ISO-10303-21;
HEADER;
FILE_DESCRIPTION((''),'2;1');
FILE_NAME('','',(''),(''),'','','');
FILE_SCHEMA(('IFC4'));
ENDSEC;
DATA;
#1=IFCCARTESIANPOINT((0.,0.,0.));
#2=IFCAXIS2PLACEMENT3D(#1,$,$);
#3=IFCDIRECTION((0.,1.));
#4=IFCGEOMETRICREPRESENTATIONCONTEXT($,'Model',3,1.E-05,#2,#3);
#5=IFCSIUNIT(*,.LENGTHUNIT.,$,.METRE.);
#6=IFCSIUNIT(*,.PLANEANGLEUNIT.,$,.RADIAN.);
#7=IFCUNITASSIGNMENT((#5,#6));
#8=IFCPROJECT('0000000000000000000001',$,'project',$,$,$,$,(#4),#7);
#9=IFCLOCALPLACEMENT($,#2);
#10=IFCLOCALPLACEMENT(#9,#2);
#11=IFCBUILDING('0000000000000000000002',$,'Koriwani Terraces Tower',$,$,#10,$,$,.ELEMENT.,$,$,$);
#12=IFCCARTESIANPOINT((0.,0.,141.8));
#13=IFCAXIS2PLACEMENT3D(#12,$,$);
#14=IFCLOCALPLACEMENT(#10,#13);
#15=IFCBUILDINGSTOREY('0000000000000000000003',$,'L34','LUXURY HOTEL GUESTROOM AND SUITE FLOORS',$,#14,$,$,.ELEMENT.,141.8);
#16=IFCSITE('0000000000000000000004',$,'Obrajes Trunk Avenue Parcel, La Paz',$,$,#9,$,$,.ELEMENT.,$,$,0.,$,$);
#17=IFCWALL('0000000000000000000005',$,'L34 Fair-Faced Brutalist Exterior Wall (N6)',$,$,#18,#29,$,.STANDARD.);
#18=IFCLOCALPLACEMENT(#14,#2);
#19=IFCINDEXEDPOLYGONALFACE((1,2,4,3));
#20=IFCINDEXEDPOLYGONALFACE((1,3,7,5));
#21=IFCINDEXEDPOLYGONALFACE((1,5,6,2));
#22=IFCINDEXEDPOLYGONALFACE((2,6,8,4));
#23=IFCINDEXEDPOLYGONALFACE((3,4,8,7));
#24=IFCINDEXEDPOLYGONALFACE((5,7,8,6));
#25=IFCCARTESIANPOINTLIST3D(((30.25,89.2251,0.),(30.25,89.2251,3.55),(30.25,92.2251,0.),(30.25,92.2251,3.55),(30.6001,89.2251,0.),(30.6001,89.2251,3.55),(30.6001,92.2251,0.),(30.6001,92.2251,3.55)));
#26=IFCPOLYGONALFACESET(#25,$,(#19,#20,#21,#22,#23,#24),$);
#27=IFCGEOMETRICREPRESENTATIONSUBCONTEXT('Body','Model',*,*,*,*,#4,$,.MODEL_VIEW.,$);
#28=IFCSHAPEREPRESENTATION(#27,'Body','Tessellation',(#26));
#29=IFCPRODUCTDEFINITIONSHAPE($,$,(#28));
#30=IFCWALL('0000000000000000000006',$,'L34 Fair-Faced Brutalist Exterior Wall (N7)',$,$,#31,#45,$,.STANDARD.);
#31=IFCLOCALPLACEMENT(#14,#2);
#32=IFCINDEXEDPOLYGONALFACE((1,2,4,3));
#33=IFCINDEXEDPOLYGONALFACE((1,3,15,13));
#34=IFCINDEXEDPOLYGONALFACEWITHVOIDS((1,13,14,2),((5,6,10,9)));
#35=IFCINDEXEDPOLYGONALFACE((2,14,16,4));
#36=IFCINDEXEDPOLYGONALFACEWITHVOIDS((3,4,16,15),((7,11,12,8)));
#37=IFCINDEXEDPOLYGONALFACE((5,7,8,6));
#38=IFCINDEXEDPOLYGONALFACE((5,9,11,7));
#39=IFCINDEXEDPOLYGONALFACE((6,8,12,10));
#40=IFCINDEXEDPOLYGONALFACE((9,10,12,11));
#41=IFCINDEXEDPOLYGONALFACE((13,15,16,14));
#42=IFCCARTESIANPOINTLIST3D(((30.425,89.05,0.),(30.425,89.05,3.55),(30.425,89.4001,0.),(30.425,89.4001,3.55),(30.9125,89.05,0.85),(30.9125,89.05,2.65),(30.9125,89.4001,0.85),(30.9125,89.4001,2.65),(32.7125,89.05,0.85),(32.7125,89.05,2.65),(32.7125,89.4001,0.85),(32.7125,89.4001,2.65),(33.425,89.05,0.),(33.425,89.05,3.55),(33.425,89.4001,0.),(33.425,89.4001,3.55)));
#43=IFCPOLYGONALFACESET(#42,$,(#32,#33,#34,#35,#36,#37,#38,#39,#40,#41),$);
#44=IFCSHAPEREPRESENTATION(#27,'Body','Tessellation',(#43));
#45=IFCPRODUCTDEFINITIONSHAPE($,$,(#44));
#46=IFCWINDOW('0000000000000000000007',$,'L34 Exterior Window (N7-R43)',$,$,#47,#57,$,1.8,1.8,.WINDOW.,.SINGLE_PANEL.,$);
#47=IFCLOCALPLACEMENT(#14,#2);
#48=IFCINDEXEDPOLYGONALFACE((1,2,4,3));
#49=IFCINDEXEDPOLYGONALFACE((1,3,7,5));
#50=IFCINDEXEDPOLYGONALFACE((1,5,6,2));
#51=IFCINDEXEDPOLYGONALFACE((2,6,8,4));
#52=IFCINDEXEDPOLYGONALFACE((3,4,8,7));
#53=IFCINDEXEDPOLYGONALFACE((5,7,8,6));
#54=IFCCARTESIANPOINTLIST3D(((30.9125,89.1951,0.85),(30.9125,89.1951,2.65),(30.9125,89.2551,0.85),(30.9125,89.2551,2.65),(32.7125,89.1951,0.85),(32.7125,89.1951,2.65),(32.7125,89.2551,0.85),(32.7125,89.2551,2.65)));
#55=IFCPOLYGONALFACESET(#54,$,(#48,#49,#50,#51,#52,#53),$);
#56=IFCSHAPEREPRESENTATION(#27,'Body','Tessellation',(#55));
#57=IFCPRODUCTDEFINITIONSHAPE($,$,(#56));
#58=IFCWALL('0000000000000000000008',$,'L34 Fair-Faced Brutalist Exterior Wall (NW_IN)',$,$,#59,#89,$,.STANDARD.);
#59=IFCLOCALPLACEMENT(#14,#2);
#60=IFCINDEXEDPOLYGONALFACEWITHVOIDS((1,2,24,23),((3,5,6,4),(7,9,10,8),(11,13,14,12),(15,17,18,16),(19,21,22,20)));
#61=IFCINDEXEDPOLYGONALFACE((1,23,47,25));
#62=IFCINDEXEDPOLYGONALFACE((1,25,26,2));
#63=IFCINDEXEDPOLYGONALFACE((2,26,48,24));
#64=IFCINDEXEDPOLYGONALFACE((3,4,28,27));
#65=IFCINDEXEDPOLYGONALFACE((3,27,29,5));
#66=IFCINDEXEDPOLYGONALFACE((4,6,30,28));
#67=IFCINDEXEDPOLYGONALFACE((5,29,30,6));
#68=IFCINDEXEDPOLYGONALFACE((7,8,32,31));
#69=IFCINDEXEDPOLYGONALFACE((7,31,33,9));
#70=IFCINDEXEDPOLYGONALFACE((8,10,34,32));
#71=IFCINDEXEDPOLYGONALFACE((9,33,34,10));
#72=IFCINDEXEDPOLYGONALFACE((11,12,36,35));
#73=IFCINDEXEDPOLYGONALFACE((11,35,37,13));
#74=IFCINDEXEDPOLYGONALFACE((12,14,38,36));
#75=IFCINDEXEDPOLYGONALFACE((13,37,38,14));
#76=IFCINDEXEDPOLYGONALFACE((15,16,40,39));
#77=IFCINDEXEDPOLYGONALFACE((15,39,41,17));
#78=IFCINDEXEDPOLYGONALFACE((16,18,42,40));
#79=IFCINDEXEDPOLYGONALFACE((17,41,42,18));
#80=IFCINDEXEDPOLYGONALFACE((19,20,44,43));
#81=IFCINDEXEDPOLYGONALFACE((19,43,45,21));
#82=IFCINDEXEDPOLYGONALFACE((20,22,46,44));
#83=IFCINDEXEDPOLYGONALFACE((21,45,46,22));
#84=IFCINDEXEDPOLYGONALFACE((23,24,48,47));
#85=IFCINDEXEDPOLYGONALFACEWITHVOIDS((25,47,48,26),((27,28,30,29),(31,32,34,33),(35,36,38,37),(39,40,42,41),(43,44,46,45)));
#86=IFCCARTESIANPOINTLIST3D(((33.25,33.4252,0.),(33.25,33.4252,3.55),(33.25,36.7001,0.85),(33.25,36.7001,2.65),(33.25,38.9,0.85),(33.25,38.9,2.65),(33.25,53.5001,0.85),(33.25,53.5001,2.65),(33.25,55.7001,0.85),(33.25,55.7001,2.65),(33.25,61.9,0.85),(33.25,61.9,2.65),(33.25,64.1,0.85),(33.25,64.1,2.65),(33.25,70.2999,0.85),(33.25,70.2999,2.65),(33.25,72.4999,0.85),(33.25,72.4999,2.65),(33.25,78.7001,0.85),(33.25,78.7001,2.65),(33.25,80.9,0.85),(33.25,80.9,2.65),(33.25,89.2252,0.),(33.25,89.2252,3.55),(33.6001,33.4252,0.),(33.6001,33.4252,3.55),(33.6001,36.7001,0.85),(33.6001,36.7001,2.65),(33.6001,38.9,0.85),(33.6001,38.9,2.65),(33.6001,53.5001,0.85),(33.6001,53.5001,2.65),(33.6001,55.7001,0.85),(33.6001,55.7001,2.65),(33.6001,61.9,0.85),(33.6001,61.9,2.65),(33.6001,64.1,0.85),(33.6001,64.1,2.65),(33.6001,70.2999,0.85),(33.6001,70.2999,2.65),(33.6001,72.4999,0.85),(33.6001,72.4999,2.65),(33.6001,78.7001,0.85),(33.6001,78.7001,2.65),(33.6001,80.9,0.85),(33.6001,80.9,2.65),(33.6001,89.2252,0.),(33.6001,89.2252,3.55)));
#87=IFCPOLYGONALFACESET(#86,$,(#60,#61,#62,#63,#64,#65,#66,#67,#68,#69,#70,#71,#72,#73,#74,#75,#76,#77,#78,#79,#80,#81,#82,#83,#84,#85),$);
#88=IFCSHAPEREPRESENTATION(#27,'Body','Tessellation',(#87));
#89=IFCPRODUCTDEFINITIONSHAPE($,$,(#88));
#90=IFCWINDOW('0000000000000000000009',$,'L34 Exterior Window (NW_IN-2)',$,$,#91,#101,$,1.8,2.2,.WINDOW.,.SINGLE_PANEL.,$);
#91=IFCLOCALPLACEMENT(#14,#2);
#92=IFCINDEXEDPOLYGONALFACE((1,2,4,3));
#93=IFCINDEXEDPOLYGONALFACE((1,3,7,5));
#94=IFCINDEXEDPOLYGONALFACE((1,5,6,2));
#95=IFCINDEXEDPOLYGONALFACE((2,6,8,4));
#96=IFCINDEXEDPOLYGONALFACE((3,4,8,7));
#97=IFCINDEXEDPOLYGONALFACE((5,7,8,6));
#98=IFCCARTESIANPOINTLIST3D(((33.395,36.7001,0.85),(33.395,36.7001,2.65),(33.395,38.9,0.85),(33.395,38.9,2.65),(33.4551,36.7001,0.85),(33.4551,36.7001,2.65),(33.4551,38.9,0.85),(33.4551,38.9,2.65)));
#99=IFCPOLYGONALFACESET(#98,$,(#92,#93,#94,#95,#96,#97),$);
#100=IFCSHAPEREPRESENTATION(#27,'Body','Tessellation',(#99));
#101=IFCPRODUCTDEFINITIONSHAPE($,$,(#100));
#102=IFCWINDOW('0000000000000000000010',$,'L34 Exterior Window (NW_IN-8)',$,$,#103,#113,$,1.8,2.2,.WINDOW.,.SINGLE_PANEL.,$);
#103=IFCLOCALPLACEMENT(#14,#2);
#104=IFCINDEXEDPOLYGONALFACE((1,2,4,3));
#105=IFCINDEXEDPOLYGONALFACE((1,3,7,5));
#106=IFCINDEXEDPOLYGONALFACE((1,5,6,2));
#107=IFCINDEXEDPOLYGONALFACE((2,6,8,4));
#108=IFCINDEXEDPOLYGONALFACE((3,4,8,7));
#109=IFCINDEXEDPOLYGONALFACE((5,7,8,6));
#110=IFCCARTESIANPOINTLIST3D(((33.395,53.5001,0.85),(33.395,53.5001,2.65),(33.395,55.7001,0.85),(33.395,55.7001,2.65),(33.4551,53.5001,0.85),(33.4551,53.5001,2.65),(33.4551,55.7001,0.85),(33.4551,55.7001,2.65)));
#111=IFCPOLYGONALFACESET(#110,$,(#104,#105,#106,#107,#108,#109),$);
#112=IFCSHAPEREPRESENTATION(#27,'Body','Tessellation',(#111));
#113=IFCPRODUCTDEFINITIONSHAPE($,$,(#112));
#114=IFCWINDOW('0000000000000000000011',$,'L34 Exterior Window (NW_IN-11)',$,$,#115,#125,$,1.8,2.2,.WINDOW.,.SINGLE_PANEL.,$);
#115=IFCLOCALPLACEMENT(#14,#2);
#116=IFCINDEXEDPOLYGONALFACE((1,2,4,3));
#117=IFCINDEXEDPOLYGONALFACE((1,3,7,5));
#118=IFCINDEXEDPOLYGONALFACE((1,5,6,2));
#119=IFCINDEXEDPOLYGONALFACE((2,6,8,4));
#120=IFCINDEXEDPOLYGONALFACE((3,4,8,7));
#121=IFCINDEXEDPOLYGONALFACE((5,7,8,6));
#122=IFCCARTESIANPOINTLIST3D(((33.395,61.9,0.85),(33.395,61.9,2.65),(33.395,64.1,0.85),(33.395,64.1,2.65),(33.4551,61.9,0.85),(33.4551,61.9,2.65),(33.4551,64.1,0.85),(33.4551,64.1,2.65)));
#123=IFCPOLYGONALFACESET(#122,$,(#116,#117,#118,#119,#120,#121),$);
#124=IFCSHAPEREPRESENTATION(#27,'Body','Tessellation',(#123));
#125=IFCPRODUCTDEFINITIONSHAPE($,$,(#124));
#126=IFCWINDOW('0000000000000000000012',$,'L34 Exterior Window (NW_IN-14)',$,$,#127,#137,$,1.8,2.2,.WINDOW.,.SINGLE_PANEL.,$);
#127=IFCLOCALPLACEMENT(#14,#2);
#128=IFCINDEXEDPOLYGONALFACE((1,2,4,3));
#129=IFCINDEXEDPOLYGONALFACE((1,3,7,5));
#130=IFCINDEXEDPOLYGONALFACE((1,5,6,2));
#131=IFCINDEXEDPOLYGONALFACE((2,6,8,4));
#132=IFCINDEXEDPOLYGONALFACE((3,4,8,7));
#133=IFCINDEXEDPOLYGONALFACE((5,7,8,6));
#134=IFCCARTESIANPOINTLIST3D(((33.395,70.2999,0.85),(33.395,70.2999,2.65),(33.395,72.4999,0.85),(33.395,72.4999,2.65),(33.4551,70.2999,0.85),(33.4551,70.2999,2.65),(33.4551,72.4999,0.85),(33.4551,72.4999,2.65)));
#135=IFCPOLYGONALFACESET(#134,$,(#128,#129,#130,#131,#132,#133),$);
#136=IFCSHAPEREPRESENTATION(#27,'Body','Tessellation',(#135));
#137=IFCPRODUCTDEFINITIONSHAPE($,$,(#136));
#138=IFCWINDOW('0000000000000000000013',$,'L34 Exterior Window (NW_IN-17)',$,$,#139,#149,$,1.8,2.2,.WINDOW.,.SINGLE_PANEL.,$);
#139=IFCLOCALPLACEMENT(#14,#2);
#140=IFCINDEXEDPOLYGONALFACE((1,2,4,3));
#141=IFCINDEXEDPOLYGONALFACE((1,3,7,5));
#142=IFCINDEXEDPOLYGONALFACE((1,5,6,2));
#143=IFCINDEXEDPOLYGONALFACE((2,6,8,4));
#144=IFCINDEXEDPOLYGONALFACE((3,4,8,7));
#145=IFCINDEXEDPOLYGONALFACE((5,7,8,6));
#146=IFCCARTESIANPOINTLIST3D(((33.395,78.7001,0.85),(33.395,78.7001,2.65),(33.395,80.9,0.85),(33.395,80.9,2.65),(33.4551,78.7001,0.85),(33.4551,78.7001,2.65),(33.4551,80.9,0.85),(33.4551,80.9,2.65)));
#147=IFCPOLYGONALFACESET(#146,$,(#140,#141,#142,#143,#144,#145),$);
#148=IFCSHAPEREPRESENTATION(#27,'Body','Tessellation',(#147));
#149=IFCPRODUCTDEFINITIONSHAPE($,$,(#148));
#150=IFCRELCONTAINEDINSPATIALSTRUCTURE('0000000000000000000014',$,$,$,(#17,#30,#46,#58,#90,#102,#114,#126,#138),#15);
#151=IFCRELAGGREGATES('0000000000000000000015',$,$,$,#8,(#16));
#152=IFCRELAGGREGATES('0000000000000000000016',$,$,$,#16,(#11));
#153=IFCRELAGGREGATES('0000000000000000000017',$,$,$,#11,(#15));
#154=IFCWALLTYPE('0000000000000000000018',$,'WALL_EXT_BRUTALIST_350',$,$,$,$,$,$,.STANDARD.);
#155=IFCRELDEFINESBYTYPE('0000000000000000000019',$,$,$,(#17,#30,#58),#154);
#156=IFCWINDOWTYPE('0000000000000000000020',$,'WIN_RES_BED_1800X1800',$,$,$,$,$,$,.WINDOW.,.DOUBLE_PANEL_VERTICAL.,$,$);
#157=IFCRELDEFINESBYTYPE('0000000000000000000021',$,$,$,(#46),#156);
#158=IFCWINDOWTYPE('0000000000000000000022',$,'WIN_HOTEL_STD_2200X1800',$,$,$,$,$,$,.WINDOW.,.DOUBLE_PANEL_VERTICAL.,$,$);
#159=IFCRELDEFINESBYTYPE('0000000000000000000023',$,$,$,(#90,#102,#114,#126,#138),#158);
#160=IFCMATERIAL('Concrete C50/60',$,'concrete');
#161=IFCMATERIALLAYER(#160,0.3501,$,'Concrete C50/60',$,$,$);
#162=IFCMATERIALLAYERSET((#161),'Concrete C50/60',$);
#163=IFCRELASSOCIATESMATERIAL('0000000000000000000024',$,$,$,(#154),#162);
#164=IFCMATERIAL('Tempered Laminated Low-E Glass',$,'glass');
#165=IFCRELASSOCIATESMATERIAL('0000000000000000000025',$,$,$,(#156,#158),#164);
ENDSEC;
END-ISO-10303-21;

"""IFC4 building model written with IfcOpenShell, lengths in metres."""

from ifc_helpers import new_model, si_unit, direction, frame, frame_2d, origin, place, context, subcontext, project, spatial, rectangle, extrude, material, layer, layer_set, type_object, element, fill, save


model = new_model("IFC4")

# Units and contexts
model_context = context("Model", 3, precision=1e-05, world=origin(), true_north=direction((0.0, 1.0)))
body_context = subcontext(model_context, "Body", "Model", "MODEL_VIEW")
ifc_project = project(units=[si_unit("LENGTHUNIT", "METRE"), si_unit("PLANEANGLEUNIT", "RADIAN")], contexts=[model_context])

# Site, building, storey
site_placement = place(None, origin())
site = spatial("IfcSite", under=ifc_project, at=site_placement, Name="Obrajes Trunk Avenue Parcel, La Paz", CompositionType="ELEMENT", RefElevation=0.0)
building_placement = place(site_placement, origin())
building = spatial("IfcBuilding", under=site, at=building_placement, Name="Koriwani Terraces Tower", CompositionType="ELEMENT")
storey_placement = place(building_placement, frame((0.0, 0.0, 141.8)))
storey = spatial("IfcBuildingStorey", under=building, at=storey_placement, Name="L34", Description="LUXURY HOTEL GUESTROOM AND SUITE FLOORS", CompositionType="ELEMENT", Elevation=141.8)

# Shared definitions
ifc_material_1 = material(Name="Tempered Laminated Low-E Glass", Category="glass")

# Wall
ifc_material_2 = material(Name="Concrete C50/60", Category="concrete")
ifc_layer_1 = layer(ifc_material_2, 0.3501, Name="Concrete C50/60")
ifc_layer_set_1 = layer_set([ifc_layer_1], Name="Concrete C50/60")
wall_type_1 = type_object("IfcWallType", Name="WALL_EXT_BRUTALIST_350", PredefinedType="STANDARD", material=ifc_layer_set_1)
wall_1_placement = place(storey_placement, frame((30.425, 92.2251, 0.0), z_axis=(0.0, 0.0, 1.0), x_axis=(0.0, -1.0, 0.0)))
element("IfcWall", 1, at=wall_1_placement, inside=storey, type_object=wall_type_1, Name="L34 Fair-Faced Brutalist Exterior Wall (N6)", PredefinedType="STANDARD", context=body_context, shape_type="SweptSolid", body=[
    extrude(rectangle(XDim=3.0, YDim=0.3501, at=frame_2d((1.5, 0.0))), origin(), (0.0, 0.0, 1.0), 3.55),
])

# Wall, opening, window
wall_2_placement = place(storey_placement, frame((30.425, 89.2251, 0.0), z_axis=(0.0, 0.0, 1.0), x_axis=(1.0, 0.0, 0.0)))
wall_2 = element("IfcWall", 2, at=wall_2_placement, inside=storey, type_object=wall_type_1, Name="L34 Fair-Faced Brutalist Exterior Wall (N7)", PredefinedType="STANDARD", context=body_context, shape_type="SweptSolid", body=[
    extrude(rectangle(XDim=3.0, YDim=0.3501, at=frame_2d((1.5, 0.0))), origin(), (0.0, 0.0, 1.0), 3.55),
])
opening_1_placement = place(wall_2_placement, frame((0.4875, 0.0, 0.8501)))
opening_1 = element("IfcOpeningElement", 3, at=opening_1_placement, cuts=wall_2, PredefinedType="OPENING", context=body_context, shape_type="SweptSolid", body=[
    extrude(rectangle(XDim=1.8, YDim=1.8, at=frame_2d((0.8999, 0.8999))), frame((0.0, 0.1851, 0.0), z_axis=(0.0, -1.0, 0.0), x_axis=(1.0, 0.0, 0.0)), (0.0, 0.0, 1.0), 0.3701),
])
window_type_1 = type_object("IfcWindowType", Name="WIN_RES_BED_1800X1800", PartitioningType="DOUBLE_PANEL_VERTICAL", PredefinedType="WINDOW", material=ifc_material_1)
window_1_placement = place(opening_1_placement, origin())
window_1 = element("IfcWindow", 4, at=window_1_placement, inside=storey, type_object=window_type_1, Name="L34 Exterior Window (N7-R43)", OverallHeight=1.8, OverallWidth=1.8, PartitioningType="SINGLE_PANEL", PredefinedType="WINDOW", context=body_context, shape_type="SweptSolid", body=[
    extrude(rectangle(XDim=1.8, YDim=1.8, at=frame_2d((0.8999, 0.8999))), frame((0.0, 0.03, 0.0), z_axis=(0.0, -1.0, 0.0), x_axis=(1.0, 0.0, 0.0)), (0.0, 0.0, 1.0), 0.0601),
])
fill(opening_1, window_1)

# Wall, openings, windows
wall_3_placement = place(storey_placement, frame((33.425, 89.2251, 0.0), z_axis=(0.0, 0.0, 1.0), x_axis=(0.0, -1.0, 0.0)))
wall_3 = element("IfcWall", 5, at=wall_3_placement, inside=storey, type_object=wall_type_1, Name="L34 Fair-Faced Brutalist Exterior Wall (NW_IN)", PredefinedType="STANDARD", context=body_context, shape_type="SweptSolid", body=[
    extrude(rectangle(XDim=55.8, YDim=0.3501, at=frame_2d((27.8999, 0.0))), origin(), (0.0, 0.0, 1.0), 3.55),
])
opening_2_placement = place(wall_3_placement, frame((50.325, 0.0, 0.8501)))
opening_2 = element("IfcOpeningElement", 6, at=opening_2_placement, cuts=wall_3, PredefinedType="OPENING", context=body_context, shape_type="SweptSolid", body=[
    extrude(rectangle(XDim=2.2, YDim=1.8, at=frame_2d((1.1001, 0.8999))), frame((0.0, 0.1851, 0.0), z_axis=(0.0, -1.0, 0.0), x_axis=(1.0, 0.0, 0.0)), (0.0, 0.0, 1.0), 0.3701),
])
opening_3_placement = place(wall_3_placement, frame((33.5249, 0.0, 0.8501)))
opening_3 = element("IfcOpeningElement", 7, at=opening_3_placement, cuts=wall_3, PredefinedType="OPENING", context=body_context, shape_type="SweptSolid", body=[
    extrude(rectangle(XDim=2.2, YDim=1.8, at=frame_2d((1.1001, 0.8999))), frame((0.0, 0.1851, 0.0), z_axis=(0.0, -1.0, 0.0), x_axis=(1.0, 0.0, 0.0)), (0.0, 0.0, 1.0), 0.3701),
])
opening_4_placement = place(wall_3_placement, frame((25.125, 0.0, 0.8501)))
opening_4 = element("IfcOpeningElement", 8, at=opening_4_placement, cuts=wall_3, PredefinedType="OPENING", context=body_context, shape_type="SweptSolid", body=[
    extrude(rectangle(XDim=2.2, YDim=1.8, at=frame_2d((1.1001, 0.8999))), frame((0.0, 0.1851, 0.0), z_axis=(0.0, -1.0, 0.0), x_axis=(1.0, 0.0, 0.0)), (0.0, 0.0, 1.0), 0.3701),
])
opening_5_placement = place(wall_3_placement, frame((16.7251, 0.0, 0.8501)))
opening_5 = element("IfcOpeningElement", 9, at=opening_5_placement, cuts=wall_3, PredefinedType="OPENING", context=body_context, shape_type="SweptSolid", body=[
    extrude(rectangle(XDim=2.2, YDim=1.8, at=frame_2d((1.1001, 0.8999))), frame((0.0, 0.1851, 0.0), z_axis=(0.0, -1.0, 0.0), x_axis=(1.0, 0.0, 0.0)), (0.0, 0.0, 1.0), 0.3701),
])
opening_6_placement = place(wall_3_placement, frame((8.325, 0.0, 0.8501)))
opening_6 = element("IfcOpeningElement", 10, at=opening_6_placement, cuts=wall_3, PredefinedType="OPENING", context=body_context, shape_type="SweptSolid", body=[
    extrude(rectangle(XDim=2.2, YDim=1.8, at=frame_2d((1.1001, 0.8999))), frame((0.0, 0.1851, 0.0), z_axis=(0.0, -1.0, 0.0), x_axis=(1.0, 0.0, 0.0)), (0.0, 0.0, 1.0), 0.3701),
])
window_type_2 = type_object("IfcWindowType", Name="WIN_HOTEL_STD_2200X1800", PartitioningType="DOUBLE_PANEL_VERTICAL", PredefinedType="WINDOW", material=ifc_material_1)
window_2_placement = place(opening_2_placement, origin())
window_2 = element("IfcWindow", 11, at=window_2_placement, inside=storey, type_object=window_type_2, Name="L34 Exterior Window (NW_IN-2)", OverallHeight=1.8, OverallWidth=2.2, PartitioningType="SINGLE_PANEL", PredefinedType="WINDOW", context=body_context, shape_type="SweptSolid", body=[
    extrude(rectangle(XDim=2.2, YDim=1.8, at=frame_2d((1.1001, 0.8999))), frame((0.0, 0.03, 0.0), z_axis=(0.0, -1.0, 0.0), x_axis=(1.0, 0.0, 0.0)), (0.0, 0.0, 1.0), 0.0601),
])
fill(opening_2, window_2)
window_3_placement = place(opening_3_placement, origin())
window_3 = element("IfcWindow", 12, at=window_3_placement, inside=storey, type_object=window_type_2, Name="L34 Exterior Window (NW_IN-8)", OverallHeight=1.8, OverallWidth=2.2, PartitioningType="SINGLE_PANEL", PredefinedType="WINDOW", context=body_context, shape_type="SweptSolid", body=[
    extrude(rectangle(XDim=2.2, YDim=1.8, at=frame_2d((1.1001, 0.8999))), frame((0.0, 0.03, 0.0), z_axis=(0.0, -1.0, 0.0), x_axis=(1.0, 0.0, 0.0)), (0.0, 0.0, 1.0), 0.0601),
])
fill(opening_3, window_3)
window_4_placement = place(opening_4_placement, origin())
window_4 = element("IfcWindow", 13, at=window_4_placement, inside=storey, type_object=window_type_2, Name="L34 Exterior Window (NW_IN-11)", OverallHeight=1.8, OverallWidth=2.2, PartitioningType="SINGLE_PANEL", PredefinedType="WINDOW", context=body_context, shape_type="SweptSolid", body=[
    extrude(rectangle(XDim=2.2, YDim=1.8, at=frame_2d((1.1001, 0.8999))), frame((0.0, 0.03, 0.0), z_axis=(0.0, -1.0, 0.0), x_axis=(1.0, 0.0, 0.0)), (0.0, 0.0, 1.0), 0.0601),
])
fill(opening_4, window_4)
window_5_placement = place(opening_5_placement, origin())
window_5 = element("IfcWindow", 14, at=window_5_placement, inside=storey, type_object=window_type_2, Name="L34 Exterior Window (NW_IN-14)", OverallHeight=1.8, OverallWidth=2.2, PartitioningType="SINGLE_PANEL", PredefinedType="WINDOW", context=body_context, shape_type="SweptSolid", body=[
    extrude(rectangle(XDim=2.2, YDim=1.8, at=frame_2d((1.1001, 0.8999))), frame((0.0, 0.03, 0.0), z_axis=(0.0, -1.0, 0.0), x_axis=(1.0, 0.0, 0.0)), (0.0, 0.0, 1.0), 0.0601),
])
fill(opening_5, window_5)
window_6_placement = place(opening_6_placement, origin())
window_6 = element("IfcWindow", 15, at=window_6_placement, inside=storey, type_object=window_type_2, Name="L34 Exterior Window (NW_IN-17)", OverallHeight=1.8, OverallWidth=2.2, PartitioningType="SINGLE_PANEL", PredefinedType="WINDOW", context=body_context, shape_type="SweptSolid", body=[
    extrude(rectangle(XDim=2.2, YDim=1.8, at=frame_2d((1.1001, 0.8999))), frame((0.0, 0.03, 0.0), z_axis=(0.0, -1.0, 0.0), x_axis=(1.0, 0.0, 0.0)), (0.0, 0.0, 1.0), 0.0601),
])
fill(opening_6, window_6)

save(model, "model.ifc")
